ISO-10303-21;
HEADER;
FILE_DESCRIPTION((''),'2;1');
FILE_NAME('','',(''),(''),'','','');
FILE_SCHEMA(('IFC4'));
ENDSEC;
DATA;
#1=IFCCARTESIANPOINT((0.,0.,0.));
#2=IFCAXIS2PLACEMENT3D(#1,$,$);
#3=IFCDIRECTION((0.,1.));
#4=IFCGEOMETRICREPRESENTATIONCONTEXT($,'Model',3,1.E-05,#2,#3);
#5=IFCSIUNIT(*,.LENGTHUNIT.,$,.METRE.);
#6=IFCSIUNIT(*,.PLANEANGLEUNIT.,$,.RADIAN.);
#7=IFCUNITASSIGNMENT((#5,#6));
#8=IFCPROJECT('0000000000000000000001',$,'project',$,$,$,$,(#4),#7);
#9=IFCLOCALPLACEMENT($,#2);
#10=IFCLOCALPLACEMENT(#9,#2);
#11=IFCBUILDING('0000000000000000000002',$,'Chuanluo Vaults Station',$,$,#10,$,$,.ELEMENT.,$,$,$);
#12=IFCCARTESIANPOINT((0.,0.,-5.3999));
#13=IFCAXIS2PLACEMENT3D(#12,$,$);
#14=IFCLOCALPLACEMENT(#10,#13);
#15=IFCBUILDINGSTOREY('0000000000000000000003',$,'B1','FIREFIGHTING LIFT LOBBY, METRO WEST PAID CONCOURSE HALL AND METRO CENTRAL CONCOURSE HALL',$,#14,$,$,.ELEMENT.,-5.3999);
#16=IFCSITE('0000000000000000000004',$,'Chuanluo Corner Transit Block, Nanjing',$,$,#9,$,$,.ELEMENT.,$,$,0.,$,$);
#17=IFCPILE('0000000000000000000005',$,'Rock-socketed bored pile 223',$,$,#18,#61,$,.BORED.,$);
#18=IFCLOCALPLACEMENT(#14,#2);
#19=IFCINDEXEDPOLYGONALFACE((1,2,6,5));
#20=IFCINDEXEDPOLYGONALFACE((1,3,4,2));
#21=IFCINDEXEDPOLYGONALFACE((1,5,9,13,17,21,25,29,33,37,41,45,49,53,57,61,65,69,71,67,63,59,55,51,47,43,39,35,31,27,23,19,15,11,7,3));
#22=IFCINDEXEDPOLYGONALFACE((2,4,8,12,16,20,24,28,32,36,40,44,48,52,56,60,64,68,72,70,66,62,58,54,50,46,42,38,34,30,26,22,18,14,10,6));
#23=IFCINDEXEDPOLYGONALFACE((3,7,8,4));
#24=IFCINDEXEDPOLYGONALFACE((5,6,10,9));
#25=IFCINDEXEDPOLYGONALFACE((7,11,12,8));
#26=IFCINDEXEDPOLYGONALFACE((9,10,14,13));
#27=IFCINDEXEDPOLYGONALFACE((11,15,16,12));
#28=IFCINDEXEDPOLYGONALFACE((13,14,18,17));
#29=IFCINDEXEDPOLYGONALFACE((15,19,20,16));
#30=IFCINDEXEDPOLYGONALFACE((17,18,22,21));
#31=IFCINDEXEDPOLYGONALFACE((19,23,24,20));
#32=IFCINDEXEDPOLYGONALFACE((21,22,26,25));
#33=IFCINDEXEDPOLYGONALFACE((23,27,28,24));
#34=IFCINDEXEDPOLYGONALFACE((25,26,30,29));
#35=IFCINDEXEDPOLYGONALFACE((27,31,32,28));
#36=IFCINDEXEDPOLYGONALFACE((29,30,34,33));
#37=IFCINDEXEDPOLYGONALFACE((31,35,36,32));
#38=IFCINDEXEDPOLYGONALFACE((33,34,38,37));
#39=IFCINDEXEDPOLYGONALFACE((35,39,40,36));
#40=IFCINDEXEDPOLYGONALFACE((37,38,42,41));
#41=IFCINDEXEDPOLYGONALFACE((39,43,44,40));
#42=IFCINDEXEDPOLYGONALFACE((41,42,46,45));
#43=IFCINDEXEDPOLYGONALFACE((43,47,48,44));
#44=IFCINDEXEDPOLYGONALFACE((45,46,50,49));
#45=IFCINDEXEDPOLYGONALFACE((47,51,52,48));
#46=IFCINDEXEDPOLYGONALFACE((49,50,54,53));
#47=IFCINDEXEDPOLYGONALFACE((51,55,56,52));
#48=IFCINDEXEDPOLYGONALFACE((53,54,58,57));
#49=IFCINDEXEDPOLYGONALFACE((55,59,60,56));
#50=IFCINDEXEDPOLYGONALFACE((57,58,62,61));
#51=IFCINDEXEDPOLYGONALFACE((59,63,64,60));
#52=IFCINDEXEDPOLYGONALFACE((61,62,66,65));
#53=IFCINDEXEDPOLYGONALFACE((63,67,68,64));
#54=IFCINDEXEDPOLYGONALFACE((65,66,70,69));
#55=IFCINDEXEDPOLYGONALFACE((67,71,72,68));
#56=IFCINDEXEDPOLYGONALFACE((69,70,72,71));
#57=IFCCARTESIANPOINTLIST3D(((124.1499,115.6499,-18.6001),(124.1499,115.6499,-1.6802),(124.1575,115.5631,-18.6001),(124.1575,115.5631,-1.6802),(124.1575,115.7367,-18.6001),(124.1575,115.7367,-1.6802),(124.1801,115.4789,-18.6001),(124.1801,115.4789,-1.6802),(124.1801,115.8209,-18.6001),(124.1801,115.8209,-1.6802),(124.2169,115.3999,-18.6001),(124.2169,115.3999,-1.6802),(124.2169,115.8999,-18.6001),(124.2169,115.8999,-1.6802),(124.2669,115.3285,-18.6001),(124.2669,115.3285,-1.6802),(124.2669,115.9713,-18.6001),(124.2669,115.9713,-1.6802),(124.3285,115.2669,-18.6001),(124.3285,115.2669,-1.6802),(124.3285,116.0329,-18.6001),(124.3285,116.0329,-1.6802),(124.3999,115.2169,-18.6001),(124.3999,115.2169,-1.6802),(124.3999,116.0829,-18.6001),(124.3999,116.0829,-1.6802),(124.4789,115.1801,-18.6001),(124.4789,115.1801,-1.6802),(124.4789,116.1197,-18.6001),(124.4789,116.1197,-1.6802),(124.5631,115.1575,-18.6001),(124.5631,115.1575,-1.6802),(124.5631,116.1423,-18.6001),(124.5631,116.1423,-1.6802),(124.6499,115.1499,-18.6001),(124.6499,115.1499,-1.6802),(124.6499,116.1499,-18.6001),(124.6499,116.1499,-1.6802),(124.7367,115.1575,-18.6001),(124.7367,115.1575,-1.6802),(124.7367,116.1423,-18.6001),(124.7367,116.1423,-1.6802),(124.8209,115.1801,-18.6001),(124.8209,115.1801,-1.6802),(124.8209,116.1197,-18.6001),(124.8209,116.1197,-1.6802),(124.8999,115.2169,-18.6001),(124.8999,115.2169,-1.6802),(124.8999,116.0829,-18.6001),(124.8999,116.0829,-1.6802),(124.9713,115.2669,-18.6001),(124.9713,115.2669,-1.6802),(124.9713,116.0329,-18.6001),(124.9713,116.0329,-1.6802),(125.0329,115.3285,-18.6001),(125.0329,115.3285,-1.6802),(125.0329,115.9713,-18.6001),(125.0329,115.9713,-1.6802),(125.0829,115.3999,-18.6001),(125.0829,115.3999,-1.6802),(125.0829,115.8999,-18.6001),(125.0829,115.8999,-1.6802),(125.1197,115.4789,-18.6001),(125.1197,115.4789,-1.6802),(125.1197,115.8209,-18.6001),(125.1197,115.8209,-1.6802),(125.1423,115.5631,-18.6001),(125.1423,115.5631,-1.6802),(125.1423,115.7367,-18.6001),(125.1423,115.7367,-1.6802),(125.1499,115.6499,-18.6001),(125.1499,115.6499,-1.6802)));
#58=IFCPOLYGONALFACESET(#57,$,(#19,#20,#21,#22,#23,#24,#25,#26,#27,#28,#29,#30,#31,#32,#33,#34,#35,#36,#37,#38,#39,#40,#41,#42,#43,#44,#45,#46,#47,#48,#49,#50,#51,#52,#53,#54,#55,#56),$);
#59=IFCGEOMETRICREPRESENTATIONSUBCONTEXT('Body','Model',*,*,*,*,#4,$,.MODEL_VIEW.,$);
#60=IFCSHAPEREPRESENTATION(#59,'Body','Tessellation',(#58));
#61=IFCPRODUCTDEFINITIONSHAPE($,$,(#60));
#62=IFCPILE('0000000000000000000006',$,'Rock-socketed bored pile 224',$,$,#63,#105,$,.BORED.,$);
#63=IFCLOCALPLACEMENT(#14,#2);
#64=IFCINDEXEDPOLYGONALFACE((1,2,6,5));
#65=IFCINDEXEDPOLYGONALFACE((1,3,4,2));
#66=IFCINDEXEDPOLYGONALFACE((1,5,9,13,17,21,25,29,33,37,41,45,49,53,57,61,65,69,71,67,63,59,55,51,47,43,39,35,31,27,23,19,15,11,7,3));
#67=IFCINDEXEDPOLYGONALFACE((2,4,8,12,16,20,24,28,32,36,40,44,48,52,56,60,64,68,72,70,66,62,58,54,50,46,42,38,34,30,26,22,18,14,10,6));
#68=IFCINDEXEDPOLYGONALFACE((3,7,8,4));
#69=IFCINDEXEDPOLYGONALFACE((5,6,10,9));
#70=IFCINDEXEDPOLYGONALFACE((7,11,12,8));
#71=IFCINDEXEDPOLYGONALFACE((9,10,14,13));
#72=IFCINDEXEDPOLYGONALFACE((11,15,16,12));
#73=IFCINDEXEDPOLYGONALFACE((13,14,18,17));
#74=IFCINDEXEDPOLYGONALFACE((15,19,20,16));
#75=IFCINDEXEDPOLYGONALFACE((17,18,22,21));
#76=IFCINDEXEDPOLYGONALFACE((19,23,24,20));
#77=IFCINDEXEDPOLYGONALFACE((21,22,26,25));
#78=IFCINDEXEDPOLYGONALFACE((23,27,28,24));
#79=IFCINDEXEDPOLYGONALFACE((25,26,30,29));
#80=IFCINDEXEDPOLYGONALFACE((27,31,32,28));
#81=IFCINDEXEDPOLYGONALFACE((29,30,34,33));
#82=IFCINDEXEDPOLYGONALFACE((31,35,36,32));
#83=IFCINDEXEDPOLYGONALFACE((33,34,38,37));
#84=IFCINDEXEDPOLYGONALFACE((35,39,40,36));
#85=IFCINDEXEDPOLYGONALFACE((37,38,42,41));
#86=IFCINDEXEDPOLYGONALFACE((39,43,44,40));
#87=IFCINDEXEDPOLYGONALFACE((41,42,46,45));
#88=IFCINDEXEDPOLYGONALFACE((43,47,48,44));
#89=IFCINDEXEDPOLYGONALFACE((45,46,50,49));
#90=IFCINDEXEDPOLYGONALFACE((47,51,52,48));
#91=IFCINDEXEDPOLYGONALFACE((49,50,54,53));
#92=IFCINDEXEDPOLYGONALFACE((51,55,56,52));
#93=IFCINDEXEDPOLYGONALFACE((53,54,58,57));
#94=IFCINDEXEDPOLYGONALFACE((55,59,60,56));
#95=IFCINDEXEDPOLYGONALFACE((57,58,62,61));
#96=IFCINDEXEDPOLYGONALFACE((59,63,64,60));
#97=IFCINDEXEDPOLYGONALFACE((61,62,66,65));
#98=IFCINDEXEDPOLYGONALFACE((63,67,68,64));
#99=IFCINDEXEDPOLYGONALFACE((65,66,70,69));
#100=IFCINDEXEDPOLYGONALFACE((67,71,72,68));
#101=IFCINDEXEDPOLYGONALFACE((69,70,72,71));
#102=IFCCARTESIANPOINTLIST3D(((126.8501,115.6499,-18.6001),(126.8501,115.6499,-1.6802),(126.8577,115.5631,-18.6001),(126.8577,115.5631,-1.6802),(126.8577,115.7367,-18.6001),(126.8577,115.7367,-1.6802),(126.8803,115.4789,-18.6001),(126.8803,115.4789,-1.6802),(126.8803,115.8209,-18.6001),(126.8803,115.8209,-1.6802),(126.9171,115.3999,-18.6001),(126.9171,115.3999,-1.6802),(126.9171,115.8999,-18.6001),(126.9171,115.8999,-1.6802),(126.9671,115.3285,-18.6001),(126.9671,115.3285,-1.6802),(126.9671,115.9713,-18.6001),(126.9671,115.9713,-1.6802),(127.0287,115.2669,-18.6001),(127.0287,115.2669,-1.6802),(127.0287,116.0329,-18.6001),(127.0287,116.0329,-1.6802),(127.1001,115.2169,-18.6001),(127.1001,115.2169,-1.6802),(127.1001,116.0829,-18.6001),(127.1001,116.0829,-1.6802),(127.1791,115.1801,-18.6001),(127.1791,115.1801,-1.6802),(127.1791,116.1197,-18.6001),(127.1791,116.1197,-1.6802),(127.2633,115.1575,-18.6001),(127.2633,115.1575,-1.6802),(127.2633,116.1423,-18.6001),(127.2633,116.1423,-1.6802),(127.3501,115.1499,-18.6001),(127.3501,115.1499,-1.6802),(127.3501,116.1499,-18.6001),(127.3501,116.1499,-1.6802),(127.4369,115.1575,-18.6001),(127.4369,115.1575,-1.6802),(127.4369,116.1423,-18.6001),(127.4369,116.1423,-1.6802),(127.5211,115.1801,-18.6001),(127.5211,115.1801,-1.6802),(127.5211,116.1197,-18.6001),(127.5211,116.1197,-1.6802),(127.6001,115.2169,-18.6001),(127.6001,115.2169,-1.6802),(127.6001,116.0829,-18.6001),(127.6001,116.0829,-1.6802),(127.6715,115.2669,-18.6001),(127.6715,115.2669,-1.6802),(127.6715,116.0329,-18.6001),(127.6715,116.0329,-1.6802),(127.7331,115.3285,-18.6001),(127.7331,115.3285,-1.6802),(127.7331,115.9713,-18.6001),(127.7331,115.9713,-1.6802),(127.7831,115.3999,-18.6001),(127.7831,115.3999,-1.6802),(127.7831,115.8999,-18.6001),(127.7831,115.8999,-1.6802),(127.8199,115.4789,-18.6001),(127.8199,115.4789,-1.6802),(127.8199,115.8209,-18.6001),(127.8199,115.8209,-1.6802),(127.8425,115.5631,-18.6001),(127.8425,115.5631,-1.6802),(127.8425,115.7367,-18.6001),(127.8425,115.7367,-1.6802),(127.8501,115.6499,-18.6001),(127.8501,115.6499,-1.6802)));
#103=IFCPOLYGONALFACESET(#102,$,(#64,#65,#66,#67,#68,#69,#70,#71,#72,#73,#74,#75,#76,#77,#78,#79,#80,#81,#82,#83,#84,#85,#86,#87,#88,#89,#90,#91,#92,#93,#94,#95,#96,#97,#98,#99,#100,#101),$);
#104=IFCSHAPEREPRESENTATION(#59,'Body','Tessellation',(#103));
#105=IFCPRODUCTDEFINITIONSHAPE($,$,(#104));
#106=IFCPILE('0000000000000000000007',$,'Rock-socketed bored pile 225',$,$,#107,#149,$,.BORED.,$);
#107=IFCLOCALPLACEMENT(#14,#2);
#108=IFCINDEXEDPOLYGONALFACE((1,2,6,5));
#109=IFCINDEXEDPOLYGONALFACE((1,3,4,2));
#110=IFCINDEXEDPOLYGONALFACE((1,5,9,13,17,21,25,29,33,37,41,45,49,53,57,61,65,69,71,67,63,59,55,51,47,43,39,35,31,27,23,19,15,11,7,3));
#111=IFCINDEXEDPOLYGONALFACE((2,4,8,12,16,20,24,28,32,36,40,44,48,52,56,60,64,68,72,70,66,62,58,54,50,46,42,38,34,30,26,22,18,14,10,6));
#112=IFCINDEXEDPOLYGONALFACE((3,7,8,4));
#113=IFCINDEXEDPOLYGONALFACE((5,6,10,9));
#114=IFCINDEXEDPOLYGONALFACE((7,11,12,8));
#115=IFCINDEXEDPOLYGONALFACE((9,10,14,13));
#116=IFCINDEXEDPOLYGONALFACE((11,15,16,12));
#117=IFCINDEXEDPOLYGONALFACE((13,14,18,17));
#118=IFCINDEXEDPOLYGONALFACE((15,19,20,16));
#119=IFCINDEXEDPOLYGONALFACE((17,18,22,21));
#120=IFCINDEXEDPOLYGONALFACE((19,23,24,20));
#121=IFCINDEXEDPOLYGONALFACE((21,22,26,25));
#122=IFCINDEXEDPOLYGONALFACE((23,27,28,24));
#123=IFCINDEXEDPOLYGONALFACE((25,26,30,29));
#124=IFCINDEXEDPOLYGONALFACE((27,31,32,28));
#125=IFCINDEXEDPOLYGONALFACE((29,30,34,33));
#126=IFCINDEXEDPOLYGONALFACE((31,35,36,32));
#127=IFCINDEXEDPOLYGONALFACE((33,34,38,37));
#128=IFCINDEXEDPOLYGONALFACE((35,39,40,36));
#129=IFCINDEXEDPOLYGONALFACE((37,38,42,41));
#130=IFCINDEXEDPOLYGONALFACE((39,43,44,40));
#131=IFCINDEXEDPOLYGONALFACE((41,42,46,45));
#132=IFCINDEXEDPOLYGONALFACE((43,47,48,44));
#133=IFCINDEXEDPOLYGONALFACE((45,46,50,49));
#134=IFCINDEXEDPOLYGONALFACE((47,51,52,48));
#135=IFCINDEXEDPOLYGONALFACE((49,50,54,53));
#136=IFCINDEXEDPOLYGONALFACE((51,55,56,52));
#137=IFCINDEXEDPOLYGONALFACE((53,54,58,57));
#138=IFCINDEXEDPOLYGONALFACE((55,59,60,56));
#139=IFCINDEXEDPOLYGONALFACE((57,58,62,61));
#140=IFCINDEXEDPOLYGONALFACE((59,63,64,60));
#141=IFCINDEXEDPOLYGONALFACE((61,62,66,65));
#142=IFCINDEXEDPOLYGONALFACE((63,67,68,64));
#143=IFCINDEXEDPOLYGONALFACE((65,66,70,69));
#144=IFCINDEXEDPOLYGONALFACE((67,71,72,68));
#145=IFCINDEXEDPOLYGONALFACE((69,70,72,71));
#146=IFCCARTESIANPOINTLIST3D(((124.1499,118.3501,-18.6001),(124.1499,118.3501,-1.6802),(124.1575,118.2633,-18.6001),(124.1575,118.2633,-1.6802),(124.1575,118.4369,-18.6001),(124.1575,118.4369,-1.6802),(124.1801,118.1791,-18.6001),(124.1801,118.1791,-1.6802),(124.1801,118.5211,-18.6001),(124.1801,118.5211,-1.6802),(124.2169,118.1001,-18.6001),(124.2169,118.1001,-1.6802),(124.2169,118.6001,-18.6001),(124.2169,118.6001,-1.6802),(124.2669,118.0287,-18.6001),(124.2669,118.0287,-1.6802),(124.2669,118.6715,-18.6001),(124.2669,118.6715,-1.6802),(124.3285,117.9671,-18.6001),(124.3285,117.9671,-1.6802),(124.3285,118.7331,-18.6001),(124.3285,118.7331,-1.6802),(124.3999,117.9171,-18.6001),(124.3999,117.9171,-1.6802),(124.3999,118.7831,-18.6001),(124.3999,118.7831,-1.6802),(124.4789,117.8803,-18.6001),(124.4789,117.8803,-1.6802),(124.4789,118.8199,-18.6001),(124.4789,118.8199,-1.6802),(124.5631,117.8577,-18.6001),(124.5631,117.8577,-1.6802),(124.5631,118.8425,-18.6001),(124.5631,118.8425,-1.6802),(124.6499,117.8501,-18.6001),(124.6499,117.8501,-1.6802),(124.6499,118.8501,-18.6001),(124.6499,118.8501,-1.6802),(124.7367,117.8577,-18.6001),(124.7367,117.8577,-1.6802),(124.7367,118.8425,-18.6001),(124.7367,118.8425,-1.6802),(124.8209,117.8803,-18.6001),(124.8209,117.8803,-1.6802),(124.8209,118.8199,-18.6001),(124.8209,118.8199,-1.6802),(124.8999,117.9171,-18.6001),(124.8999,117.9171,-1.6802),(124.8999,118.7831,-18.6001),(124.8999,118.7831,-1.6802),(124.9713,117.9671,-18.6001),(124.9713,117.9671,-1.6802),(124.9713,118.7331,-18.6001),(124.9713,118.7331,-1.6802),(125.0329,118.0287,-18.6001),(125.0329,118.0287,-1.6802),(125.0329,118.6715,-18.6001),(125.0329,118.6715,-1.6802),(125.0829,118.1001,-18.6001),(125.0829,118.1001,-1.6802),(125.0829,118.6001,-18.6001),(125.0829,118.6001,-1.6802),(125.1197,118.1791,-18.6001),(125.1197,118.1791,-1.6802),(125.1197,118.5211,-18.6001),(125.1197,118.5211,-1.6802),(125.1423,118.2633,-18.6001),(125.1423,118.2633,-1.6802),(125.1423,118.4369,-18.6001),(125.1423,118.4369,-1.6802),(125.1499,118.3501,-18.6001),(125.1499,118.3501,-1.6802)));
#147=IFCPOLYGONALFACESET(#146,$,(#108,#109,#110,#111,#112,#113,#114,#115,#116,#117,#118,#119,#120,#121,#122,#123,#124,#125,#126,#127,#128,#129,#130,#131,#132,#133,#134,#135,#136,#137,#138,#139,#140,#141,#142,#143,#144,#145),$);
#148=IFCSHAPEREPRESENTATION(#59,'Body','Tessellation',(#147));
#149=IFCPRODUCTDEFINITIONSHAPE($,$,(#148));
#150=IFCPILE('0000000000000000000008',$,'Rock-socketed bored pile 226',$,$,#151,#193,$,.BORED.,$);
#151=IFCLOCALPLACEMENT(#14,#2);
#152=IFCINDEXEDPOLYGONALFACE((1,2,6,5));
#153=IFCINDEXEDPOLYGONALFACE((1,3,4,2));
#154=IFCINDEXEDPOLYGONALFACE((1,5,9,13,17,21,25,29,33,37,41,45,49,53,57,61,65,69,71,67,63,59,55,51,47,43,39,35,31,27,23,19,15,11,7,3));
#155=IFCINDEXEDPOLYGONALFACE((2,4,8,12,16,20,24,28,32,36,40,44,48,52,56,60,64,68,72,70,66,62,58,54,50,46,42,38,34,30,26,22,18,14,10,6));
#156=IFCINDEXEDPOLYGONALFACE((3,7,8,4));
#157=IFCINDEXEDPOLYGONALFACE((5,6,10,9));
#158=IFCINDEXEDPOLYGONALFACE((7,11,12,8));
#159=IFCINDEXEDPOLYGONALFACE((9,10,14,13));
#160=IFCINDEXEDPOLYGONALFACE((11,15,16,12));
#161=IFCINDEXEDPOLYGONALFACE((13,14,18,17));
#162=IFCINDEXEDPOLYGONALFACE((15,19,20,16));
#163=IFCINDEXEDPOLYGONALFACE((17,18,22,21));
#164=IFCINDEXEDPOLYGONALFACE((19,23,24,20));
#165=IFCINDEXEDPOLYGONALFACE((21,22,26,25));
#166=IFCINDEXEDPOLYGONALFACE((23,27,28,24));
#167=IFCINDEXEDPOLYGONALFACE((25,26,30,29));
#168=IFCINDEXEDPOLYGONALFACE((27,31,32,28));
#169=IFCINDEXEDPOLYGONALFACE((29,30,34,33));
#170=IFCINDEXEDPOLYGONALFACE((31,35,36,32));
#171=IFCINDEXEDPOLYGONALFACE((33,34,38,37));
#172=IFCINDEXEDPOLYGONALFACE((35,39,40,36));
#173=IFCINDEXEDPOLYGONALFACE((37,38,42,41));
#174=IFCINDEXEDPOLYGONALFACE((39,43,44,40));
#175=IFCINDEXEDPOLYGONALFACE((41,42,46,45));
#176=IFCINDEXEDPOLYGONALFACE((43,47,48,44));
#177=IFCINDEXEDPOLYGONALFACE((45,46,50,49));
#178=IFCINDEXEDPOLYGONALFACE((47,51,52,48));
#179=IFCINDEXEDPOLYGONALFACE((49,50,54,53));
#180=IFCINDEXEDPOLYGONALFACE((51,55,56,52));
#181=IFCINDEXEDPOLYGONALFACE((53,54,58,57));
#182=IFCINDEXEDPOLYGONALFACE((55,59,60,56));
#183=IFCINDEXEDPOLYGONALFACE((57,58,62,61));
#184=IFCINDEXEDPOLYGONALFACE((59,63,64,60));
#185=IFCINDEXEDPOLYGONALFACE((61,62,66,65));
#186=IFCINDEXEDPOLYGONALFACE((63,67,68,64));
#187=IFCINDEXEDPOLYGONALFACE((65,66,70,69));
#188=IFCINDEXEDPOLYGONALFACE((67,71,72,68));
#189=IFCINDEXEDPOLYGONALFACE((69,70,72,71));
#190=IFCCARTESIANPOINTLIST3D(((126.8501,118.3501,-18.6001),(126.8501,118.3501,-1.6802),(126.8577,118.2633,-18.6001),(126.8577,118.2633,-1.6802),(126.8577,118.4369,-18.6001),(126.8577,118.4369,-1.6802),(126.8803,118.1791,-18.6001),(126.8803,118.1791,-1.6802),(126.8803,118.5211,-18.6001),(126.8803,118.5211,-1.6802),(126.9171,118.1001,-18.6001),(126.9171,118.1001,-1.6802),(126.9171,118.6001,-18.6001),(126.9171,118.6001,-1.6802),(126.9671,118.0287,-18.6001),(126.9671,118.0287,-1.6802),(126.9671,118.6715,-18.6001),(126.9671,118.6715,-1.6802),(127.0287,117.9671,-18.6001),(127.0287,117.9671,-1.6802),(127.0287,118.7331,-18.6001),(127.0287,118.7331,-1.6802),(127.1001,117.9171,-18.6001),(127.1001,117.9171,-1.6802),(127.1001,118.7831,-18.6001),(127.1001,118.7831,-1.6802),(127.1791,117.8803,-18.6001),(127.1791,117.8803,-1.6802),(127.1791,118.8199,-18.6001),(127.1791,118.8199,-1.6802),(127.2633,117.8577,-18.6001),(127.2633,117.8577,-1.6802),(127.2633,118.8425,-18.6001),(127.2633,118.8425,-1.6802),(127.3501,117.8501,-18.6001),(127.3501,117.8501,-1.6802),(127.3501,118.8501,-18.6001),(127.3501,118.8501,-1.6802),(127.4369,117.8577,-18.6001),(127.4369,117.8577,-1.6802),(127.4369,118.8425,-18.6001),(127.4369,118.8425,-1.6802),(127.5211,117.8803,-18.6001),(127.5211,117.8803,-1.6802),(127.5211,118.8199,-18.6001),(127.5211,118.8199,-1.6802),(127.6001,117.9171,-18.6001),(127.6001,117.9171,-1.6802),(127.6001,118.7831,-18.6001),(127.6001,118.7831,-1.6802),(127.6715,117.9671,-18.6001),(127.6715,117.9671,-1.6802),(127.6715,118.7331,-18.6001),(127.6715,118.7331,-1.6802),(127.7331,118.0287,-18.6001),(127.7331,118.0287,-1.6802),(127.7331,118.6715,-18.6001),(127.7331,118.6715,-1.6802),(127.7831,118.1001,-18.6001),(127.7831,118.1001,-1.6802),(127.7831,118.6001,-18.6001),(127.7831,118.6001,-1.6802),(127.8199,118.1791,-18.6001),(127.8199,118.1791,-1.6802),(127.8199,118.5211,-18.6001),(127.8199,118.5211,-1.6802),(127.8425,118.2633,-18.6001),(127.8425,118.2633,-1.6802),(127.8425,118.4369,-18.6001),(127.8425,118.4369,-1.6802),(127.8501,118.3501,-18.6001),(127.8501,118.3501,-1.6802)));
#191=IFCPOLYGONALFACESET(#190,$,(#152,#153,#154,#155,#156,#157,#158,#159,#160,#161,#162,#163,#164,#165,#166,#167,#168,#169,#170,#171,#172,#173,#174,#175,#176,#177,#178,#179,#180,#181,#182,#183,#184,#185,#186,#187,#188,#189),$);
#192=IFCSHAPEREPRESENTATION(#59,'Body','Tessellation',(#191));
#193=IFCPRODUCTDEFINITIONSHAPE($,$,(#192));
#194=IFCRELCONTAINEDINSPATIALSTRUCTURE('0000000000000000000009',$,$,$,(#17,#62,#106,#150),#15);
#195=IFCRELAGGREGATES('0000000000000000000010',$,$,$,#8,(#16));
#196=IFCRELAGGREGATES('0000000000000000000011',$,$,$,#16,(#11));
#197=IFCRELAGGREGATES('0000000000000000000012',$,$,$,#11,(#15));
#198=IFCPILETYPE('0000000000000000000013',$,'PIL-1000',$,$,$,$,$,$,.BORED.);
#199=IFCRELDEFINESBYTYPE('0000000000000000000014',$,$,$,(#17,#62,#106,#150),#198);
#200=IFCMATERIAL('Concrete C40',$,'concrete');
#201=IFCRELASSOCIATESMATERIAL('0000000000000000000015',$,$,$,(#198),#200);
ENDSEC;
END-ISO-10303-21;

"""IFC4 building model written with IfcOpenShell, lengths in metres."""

from ifc_helpers import new_model, si_unit, direction, frame, origin, origin_2d, place, context, subcontext, project, spatial, circle, extrude, material, material_profile, profile_set, type_object, element, save


model = new_model("IFC4")

# Units and contexts
model_context = context("Model", 3, precision=1e-05, world=origin(), true_north=direction((0.0, 1.0)))
body_context = subcontext(model_context, "Body", "Model", "MODEL_VIEW")
ifc_project = project(units=[si_unit("LENGTHUNIT", "METRE"), si_unit("PLANEANGLEUNIT", "RADIAN")], contexts=[model_context])

# Site, building, storey
site_placement = place(None, origin())
site = spatial("IfcSite", under=ifc_project, at=site_placement, Name="Chuanluo Corner Transit Block, Nanjing", CompositionType="ELEMENT", RefElevation=0.0)
building_placement = place(site_placement, origin())
building = spatial("IfcBuilding", under=site, at=building_placement, Name="Chuanluo Vaults Station", CompositionType="ELEMENT")
storey_placement = place(building_placement, frame((0.0, 0.0, -5.3999)))
storey = spatial("IfcBuildingStorey", under=building, at=storey_placement, Name="B1", Description="FIREFIGHTING LIFT LOBBY, METRO WEST PAID CONCOURSE HALL AND METRO CENTRAL CONCOURSE HALL", CompositionType="ELEMENT", Elevation=-5.3999)

# Piles
ifc_material_1 = material(Name="Concrete C40", Category="concrete")
ifc_material_profile_1 = material_profile(ifc_material_1, circle(Radius=0.5, at=origin_2d()))
ifc_profile_set_1 = profile_set([ifc_material_profile_1], Name="Concrete C40")
pile_type_1 = type_object("IfcPileType", Name="PIL-1000", PredefinedType="BORED", material=ifc_profile_set_1)
for number, where, z_axis, x_axis, name in (
    (1, (124.6499, 115.6499, -1.6802), (0.0, 0.0, -1.0), (1.0, 0.0, 0.0), "Rock-socketed bored pile 223"),
    (2, (127.3501, 115.6499, -1.6802), (0.0, 0.0, -1.0), (1.0, 0.0, 0.0), "Rock-socketed bored pile 224"),
    (3, (124.6499, 118.3501, -1.6802), (0.0, 0.0, -1.0), (1.0, 0.0, 0.0), "Rock-socketed bored pile 225"),
    (4, (127.3501, 118.3501, -1.6802), (0.0, 0.0, -1.0), (1.0, 0.0, 0.0), "Rock-socketed bored pile 226"),
):
    element("IfcPile", number, at=place(storey_placement, frame(where, z_axis=z_axis, x_axis=x_axis)), inside=storey, type_object=pile_type_1, Name=name, PredefinedType="BORED", context=body_context, shape_type="SweptSolid", body=[
        extrude(circle(Radius=0.5, at=origin_2d()), origin(), (0.0, 0.0, 1.0), 16.9199),
    ])

save(model, "model.ifc")
